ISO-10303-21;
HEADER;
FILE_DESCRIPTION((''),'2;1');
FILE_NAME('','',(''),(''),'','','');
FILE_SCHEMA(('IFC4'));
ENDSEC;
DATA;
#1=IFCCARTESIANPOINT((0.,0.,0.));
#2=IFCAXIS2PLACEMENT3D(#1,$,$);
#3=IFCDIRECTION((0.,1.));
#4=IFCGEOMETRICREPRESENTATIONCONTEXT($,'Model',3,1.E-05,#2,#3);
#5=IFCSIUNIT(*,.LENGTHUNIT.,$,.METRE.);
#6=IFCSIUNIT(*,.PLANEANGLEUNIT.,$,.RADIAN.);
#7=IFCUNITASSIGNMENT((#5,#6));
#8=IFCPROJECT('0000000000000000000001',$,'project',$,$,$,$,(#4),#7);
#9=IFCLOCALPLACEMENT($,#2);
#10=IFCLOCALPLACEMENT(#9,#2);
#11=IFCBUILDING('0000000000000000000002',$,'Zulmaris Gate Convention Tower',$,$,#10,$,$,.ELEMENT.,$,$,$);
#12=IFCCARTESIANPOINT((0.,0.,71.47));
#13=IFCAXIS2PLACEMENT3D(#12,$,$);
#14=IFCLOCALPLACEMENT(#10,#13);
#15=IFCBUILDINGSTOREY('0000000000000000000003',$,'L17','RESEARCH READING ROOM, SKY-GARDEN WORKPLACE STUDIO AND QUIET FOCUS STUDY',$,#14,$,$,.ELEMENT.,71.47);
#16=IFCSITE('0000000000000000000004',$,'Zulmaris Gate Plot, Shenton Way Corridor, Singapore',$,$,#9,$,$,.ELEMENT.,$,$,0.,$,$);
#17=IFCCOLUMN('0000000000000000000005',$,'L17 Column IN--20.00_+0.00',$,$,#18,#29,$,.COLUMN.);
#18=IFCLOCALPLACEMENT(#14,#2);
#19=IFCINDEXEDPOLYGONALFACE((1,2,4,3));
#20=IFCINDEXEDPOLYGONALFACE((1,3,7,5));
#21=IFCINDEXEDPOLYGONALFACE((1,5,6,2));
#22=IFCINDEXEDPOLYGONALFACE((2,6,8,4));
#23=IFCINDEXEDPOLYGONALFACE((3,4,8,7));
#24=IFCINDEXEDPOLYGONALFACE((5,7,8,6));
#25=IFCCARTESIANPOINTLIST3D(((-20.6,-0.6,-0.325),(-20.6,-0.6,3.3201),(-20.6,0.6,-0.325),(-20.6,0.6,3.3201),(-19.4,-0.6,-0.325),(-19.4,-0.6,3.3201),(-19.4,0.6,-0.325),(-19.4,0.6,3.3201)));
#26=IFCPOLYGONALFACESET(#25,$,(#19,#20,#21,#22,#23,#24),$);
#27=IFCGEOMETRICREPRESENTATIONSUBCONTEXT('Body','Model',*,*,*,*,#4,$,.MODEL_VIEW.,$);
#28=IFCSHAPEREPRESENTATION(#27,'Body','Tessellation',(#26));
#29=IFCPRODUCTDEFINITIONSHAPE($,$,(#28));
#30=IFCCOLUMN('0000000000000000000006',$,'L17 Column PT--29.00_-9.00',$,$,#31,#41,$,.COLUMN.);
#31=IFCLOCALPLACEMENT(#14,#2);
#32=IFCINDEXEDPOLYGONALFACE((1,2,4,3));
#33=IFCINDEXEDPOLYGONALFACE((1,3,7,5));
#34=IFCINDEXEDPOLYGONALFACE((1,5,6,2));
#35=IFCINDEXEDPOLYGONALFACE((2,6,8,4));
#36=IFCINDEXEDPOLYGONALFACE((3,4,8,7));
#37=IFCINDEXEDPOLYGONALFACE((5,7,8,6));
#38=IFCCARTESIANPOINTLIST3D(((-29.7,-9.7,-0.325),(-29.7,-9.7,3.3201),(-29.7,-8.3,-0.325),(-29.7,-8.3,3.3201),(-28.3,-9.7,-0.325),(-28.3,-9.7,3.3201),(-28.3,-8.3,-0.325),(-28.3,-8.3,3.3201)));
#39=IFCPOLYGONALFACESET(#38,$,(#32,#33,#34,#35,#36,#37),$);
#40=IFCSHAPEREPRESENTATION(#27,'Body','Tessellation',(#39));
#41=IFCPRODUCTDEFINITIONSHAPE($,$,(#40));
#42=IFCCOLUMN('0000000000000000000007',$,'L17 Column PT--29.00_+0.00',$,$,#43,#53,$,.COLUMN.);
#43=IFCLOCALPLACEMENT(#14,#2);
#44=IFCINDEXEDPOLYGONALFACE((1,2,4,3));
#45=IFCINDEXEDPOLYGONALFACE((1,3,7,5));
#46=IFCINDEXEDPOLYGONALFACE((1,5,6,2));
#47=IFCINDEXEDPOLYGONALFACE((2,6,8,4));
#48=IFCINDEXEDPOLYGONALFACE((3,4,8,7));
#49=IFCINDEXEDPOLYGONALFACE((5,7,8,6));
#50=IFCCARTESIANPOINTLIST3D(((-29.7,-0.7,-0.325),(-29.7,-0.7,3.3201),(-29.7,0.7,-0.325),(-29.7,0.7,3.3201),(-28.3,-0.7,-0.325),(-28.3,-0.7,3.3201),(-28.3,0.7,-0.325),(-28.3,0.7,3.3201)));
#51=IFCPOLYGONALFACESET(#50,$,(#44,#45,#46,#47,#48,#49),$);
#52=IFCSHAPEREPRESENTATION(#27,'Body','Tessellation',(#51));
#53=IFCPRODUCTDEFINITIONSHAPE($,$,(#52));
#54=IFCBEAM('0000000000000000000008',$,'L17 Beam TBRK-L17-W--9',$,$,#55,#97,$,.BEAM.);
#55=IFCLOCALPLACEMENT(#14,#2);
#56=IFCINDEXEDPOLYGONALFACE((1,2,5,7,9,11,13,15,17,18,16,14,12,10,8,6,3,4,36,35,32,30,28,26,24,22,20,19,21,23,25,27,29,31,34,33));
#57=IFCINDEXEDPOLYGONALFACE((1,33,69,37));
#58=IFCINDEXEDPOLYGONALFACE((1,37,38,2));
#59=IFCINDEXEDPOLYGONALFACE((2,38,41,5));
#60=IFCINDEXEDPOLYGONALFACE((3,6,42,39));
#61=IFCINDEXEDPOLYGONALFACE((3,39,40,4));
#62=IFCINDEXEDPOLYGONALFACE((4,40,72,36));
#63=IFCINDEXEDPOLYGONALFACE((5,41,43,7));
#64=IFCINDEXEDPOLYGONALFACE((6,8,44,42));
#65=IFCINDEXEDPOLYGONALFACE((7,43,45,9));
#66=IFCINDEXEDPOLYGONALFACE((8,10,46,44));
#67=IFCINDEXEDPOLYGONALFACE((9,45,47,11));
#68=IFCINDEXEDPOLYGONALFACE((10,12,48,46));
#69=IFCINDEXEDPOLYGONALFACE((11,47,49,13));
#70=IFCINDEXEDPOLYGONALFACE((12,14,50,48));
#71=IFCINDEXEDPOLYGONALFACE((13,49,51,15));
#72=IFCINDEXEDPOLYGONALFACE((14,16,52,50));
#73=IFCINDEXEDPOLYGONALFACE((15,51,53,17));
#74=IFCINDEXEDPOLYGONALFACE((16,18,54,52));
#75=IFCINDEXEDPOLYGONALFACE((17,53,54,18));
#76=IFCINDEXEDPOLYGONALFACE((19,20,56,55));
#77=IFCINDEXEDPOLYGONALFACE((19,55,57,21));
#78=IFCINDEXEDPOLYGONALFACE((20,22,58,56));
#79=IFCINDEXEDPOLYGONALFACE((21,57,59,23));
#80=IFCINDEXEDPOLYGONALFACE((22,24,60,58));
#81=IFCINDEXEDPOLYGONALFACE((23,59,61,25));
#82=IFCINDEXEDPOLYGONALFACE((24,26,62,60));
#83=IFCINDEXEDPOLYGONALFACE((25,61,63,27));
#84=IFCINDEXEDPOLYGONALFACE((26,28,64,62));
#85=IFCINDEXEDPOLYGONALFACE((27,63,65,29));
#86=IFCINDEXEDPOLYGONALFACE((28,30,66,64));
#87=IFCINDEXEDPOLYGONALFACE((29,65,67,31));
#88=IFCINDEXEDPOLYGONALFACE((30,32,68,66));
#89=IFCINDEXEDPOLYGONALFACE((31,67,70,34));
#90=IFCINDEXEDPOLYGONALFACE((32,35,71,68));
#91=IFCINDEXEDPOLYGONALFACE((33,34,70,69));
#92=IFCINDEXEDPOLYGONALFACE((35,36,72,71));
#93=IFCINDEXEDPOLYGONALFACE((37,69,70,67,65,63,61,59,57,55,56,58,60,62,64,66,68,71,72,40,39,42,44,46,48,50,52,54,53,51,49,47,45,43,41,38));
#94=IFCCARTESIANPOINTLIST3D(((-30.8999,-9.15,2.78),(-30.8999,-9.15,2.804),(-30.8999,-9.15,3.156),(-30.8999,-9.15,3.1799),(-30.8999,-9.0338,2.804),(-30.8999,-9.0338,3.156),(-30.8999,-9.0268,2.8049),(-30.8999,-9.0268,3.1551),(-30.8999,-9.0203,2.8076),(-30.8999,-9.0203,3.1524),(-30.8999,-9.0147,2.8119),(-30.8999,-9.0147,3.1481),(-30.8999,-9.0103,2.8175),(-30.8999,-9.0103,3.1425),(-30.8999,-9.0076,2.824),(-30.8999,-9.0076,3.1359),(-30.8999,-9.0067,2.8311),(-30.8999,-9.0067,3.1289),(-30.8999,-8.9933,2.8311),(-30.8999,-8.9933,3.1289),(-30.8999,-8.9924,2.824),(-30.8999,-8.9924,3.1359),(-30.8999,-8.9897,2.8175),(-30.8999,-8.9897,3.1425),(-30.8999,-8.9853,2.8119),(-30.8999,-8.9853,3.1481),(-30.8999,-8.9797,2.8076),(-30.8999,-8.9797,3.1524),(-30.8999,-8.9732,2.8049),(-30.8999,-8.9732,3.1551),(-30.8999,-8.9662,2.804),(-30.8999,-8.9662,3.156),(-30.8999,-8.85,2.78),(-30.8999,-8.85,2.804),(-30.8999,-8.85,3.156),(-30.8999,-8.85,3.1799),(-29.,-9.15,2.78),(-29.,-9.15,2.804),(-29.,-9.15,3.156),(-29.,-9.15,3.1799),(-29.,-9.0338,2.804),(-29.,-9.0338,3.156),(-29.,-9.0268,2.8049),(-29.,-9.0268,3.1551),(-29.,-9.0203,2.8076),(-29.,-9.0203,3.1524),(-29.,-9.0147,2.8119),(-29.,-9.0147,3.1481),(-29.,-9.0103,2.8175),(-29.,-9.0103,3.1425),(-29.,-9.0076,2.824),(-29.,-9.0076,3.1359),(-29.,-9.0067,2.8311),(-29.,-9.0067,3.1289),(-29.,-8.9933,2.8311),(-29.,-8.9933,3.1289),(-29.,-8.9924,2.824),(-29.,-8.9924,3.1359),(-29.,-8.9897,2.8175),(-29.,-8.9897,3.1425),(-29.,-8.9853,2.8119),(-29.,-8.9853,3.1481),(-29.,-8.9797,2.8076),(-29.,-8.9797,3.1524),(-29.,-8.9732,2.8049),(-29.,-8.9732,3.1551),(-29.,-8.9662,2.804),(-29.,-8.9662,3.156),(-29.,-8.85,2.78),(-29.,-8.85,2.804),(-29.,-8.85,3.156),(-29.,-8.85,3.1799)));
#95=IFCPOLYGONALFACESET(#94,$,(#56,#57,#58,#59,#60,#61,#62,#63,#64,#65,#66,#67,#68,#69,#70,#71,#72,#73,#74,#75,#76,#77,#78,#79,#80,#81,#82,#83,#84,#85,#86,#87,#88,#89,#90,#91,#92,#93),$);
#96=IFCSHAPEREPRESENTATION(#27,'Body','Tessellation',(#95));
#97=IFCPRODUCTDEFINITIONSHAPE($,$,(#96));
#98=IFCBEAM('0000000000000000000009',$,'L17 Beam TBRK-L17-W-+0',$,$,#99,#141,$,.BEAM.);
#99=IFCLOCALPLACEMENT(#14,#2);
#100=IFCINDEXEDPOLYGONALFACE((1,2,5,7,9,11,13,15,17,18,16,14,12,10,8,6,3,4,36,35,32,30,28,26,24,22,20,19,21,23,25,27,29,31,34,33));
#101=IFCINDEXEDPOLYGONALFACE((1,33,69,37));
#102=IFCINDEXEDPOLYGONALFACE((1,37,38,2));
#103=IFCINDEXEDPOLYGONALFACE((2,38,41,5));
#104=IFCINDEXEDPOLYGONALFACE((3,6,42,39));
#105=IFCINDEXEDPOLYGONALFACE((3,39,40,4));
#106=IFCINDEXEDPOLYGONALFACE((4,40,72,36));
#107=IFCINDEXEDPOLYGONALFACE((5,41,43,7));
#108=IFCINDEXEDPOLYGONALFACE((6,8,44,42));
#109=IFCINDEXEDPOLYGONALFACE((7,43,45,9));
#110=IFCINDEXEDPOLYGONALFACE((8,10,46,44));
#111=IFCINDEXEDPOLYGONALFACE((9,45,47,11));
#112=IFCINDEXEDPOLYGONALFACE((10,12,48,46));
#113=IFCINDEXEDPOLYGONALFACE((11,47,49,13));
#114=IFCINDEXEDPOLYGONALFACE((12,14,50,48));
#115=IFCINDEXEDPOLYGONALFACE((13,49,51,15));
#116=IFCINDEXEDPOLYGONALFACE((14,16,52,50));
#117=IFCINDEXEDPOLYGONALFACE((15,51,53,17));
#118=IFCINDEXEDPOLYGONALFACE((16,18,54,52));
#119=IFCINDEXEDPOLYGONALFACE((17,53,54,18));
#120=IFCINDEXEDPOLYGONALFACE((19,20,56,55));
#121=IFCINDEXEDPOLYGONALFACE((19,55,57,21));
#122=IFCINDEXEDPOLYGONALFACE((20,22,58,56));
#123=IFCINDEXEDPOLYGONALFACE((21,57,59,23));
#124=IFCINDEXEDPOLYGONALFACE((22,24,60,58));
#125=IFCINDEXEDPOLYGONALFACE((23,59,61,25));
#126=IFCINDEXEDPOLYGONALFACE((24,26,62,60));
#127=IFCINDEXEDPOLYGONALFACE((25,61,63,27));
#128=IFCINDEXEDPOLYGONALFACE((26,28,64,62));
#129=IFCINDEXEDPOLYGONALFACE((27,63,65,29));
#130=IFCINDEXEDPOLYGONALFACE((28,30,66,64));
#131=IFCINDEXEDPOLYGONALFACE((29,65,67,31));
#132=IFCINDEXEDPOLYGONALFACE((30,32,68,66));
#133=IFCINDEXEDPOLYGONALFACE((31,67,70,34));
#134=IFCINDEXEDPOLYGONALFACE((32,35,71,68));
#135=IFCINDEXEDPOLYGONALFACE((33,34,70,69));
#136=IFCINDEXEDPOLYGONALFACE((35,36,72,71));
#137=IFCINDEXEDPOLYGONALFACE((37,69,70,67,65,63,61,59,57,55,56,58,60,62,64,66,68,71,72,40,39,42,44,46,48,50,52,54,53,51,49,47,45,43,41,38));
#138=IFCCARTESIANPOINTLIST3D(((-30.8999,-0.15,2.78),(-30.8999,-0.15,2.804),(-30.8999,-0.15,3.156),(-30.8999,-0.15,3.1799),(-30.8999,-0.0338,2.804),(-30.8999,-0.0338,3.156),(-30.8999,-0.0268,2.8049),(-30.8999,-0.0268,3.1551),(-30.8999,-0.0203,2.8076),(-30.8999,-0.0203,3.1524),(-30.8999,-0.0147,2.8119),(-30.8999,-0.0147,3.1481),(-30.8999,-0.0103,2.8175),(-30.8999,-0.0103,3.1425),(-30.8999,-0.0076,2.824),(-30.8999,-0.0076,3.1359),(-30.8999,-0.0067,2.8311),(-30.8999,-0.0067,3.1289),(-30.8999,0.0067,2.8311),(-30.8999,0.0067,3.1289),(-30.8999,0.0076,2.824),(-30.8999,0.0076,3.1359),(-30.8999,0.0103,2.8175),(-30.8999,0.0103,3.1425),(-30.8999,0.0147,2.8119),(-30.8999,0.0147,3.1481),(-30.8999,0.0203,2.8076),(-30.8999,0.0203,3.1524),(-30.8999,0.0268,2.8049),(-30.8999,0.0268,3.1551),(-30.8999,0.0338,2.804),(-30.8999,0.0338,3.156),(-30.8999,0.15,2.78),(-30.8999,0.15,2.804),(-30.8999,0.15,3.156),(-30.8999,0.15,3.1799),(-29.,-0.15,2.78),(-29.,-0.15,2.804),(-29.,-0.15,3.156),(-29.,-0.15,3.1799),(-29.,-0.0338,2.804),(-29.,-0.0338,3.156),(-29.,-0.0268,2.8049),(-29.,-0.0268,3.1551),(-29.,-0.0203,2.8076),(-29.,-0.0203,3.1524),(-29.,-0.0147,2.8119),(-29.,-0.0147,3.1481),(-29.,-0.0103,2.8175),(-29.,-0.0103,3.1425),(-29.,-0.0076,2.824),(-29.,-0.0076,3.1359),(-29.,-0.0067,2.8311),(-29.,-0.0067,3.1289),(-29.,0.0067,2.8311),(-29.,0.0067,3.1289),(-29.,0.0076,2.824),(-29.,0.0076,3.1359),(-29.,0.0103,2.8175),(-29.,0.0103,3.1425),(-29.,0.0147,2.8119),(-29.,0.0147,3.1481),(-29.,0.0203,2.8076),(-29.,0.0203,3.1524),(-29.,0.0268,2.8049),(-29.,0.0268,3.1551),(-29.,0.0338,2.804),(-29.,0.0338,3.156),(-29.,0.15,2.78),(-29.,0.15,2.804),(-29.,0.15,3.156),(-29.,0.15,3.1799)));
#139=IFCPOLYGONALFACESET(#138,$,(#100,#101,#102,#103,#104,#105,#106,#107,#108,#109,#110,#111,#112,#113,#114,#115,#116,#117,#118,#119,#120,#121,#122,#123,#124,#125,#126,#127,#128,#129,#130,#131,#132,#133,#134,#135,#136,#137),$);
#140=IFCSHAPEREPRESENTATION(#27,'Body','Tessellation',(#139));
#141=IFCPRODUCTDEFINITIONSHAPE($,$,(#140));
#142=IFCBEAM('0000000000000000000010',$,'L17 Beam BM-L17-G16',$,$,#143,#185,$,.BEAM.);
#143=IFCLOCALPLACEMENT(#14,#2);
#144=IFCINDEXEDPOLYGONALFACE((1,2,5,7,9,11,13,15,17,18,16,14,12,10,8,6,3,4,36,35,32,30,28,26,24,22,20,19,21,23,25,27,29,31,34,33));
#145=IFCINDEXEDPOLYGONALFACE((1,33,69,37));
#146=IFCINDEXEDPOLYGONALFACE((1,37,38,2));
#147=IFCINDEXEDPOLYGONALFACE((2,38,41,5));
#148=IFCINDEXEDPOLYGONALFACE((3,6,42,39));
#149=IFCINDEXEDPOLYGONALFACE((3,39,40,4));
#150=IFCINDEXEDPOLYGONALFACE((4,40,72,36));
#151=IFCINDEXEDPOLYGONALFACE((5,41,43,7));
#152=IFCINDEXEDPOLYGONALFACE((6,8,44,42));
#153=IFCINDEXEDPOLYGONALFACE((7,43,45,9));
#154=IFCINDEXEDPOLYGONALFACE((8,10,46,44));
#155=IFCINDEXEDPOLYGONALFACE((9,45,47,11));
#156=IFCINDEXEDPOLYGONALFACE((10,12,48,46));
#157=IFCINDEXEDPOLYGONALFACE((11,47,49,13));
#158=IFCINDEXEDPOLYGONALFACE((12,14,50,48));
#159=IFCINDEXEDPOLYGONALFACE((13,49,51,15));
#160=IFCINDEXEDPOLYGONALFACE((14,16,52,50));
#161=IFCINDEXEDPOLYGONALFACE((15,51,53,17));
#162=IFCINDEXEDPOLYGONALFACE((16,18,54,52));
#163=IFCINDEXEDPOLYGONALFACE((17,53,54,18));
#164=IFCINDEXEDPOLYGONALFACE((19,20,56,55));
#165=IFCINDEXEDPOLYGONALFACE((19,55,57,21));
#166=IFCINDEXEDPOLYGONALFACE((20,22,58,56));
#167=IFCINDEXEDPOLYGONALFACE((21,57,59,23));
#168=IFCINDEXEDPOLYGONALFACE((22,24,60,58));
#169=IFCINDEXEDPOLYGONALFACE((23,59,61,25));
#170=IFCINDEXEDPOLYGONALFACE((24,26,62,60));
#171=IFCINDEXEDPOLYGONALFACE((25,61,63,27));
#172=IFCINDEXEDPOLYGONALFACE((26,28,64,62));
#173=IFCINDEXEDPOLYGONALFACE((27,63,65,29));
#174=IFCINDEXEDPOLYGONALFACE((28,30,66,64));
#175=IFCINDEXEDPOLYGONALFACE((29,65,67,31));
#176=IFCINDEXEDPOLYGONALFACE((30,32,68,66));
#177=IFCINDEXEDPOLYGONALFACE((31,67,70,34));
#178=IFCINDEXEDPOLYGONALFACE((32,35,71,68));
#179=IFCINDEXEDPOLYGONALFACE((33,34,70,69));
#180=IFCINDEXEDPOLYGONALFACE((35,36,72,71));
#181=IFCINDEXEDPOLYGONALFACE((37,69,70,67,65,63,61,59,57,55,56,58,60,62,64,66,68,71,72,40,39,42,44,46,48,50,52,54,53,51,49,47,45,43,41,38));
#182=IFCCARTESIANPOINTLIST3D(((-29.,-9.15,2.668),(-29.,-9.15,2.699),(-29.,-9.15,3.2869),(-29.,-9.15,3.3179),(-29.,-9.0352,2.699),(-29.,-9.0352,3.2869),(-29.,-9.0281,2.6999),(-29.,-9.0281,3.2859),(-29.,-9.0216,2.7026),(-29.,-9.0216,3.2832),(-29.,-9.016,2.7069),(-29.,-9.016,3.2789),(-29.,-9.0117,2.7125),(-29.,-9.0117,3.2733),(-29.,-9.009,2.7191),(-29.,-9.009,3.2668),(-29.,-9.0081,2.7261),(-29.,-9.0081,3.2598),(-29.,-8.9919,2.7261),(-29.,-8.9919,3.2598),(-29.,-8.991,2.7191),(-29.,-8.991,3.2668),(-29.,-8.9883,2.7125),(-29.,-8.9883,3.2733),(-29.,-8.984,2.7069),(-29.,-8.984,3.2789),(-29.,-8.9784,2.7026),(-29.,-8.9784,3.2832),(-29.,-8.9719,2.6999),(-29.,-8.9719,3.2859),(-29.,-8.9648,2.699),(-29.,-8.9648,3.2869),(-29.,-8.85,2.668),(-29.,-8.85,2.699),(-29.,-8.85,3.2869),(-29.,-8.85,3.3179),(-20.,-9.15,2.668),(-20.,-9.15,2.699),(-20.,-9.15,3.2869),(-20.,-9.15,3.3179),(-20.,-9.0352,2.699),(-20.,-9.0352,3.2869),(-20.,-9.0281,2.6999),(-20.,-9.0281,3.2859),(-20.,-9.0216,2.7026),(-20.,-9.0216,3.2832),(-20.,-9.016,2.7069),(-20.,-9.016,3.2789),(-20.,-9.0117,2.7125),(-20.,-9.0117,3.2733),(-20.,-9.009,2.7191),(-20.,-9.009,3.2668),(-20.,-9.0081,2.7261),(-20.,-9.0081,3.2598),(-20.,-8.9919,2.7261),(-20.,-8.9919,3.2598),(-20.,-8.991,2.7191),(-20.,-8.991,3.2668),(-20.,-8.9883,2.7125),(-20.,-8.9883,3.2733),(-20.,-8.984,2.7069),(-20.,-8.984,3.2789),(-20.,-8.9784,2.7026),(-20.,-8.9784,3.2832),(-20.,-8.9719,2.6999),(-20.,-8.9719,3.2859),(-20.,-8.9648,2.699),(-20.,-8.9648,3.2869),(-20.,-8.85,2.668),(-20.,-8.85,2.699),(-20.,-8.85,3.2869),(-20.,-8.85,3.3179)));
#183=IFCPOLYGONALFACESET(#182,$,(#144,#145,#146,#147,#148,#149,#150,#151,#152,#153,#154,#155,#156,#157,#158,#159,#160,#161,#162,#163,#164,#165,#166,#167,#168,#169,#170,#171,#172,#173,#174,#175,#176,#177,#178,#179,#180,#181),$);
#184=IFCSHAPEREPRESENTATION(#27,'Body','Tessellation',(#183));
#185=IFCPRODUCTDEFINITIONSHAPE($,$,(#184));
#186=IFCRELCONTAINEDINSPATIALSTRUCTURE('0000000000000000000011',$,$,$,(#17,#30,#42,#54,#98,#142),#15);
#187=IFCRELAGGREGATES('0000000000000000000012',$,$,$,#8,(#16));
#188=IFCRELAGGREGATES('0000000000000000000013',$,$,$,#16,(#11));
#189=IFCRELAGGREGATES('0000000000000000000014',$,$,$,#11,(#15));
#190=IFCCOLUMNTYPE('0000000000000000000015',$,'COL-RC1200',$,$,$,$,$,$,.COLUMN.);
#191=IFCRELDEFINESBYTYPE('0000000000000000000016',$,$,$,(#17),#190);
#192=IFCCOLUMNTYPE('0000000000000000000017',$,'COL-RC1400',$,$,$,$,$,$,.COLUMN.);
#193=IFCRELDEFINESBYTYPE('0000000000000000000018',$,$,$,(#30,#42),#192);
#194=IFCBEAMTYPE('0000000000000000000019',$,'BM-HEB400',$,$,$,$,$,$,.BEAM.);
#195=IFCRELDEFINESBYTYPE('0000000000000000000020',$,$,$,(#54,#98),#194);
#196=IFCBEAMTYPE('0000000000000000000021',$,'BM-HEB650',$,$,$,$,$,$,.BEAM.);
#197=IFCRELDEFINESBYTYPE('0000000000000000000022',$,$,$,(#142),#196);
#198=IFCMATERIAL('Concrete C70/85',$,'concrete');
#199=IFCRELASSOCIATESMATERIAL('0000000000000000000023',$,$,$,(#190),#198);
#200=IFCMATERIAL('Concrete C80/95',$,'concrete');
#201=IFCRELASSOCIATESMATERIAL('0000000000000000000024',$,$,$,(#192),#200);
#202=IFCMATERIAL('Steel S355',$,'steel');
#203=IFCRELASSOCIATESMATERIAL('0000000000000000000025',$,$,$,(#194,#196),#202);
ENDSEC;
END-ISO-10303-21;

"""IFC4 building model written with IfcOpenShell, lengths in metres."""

from ifc_helpers import new_model, si_unit, direction, frame, origin, origin_2d, place, context, subcontext, project, spatial, rectangle, i_section, extrude, material, material_profile, profile_set, type_object, element, save


model = new_model("IFC4")

# Units and contexts
model_context = context("Model", 3, precision=1e-05, world=origin(), true_north=direction((0.0, 1.0)))
body_context = subcontext(model_context, "Body", "Model", "MODEL_VIEW")
ifc_project = project(units=[si_unit("LENGTHUNIT", "METRE"), si_unit("PLANEANGLEUNIT", "RADIAN")], contexts=[model_context])

# Site, building, storey
site_placement = place(None, origin())
site = spatial("IfcSite", under=ifc_project, at=site_placement, Name="Zulmaris Gate Plot, Shenton Way Corridor, Singapore", CompositionType="ELEMENT", RefElevation=0.0)
building_placement = place(site_placement, origin())
building = spatial("IfcBuilding", under=site, at=building_placement, Name="Zulmaris Gate Convention Tower", CompositionType="ELEMENT")
storey_placement = place(building_placement, frame((0.0, 0.0, 71.47)))
storey = spatial("IfcBuildingStorey", under=building, at=storey_placement, Name="L17", Description="RESEARCH READING ROOM, SKY-GARDEN WORKPLACE STUDIO AND QUIET FOCUS STUDY", CompositionType="ELEMENT", Elevation=71.47)

# Columns
ifc_material_1 = material(Name="Concrete C70/85", Category="concrete")
ifc_material_profile_1 = material_profile(ifc_material_1, rectangle(XDim=1.2, YDim=1.2, at=origin_2d()), Name="RC COL 1200x1200")
ifc_profile_set_1 = profile_set([ifc_material_profile_1], Name="Concrete C70/85")
column_type_1 = type_object("IfcColumnType", Name="COL-RC1200", PredefinedType="COLUMN", material=ifc_profile_set_1)
column_placement = place(storey_placement, frame((-20.0, 0.0, -0.325), z_axis=(0.0, 0.0, 1.0), x_axis=(1.0, 0.0, 0.0)))
element("IfcColumn", 1, at=column_placement, inside=storey, type_object=column_type_1, Name="L17 Column IN--20.00_+0.00", PredefinedType="COLUMN", context=body_context, shape_type="SweptSolid", body=[
    extrude(rectangle(XDim=1.2, YDim=1.2, at=origin_2d()), origin(), (0.0, 0.0, 1.0), 3.645),
])
ifc_material_2 = material(Name="Concrete C80/95", Category="concrete")
ifc_material_profile_2 = material_profile(ifc_material_2, rectangle(XDim=1.3999, YDim=1.3999, at=origin_2d()), Name="RC COL 1400x1400")
ifc_profile_set_2 = profile_set([ifc_material_profile_2], Name="Concrete C80/95")
column_type_2 = type_object("IfcColumnType", Name="COL-RC1400", PredefinedType="COLUMN", material=ifc_profile_set_2)
for number, where, z_axis, x_axis, name in (
    (2, (-29.0, -9.0, -0.325), (0.0, 0.0, 1.0), (1.0, 0.0, 0.0), "L17 Column PT--29.00_-9.00"),
    (3, (-29.0, 0.0, -0.325), (0.0, 0.0, 1.0), (1.0, 0.0, 0.0), "L17 Column PT--29.00_+0.00"),
):
    element("IfcColumn", number, at=place(storey_placement, frame(where, z_axis=z_axis, x_axis=x_axis)), inside=storey, type_object=column_type_2, Name=name, PredefinedType="COLUMN", context=body_context, shape_type="SweptSolid", body=[
        extrude(rectangle(XDim=1.3999, YDim=1.3999, at=origin_2d()), origin(), (0.0, 0.0, 1.0), 3.645),
    ])

# Beams
ifc_material_3 = material(Name="Steel S355", Category="steel")
ifc_material_profile_3 = material_profile(ifc_material_3, i_section(OverallWidth=0.3, OverallDepth=0.3999, WebThickness=0.0134, FlangeThickness=0.0239, FilletRadius=0.0271, at=origin_2d()), Name="HEB 400")
ifc_profile_set_3 = profile_set([ifc_material_profile_3], Name="Steel S355")
beam_type_1 = type_object("IfcBeamType", Name="BM-HEB400", PredefinedType="BEAM", material=ifc_profile_set_3)
for number, where, z_axis, x_axis, name in (
    (4, (-30.8999, -9.0, 2.98), (1.0, 0.0, 0.0), (0.0, 1.0, 0.0), "L17 Beam TBRK-L17-W--9"),
    (5, (-30.8999, 0.0, 2.98), (1.0, 0.0, 0.0), (0.0, 1.0, 0.0), "L17 Beam TBRK-L17-W-+0"),
):
    element("IfcBeam", number, at=place(storey_placement, frame(where, z_axis=z_axis, x_axis=x_axis)), inside=storey, type_object=beam_type_1, Name=name, PredefinedType="BEAM", context=body_context, shape_type="SweptSolid", body=[
        extrude(i_section(OverallWidth=0.3, OverallDepth=0.3999, WebThickness=0.0134, FlangeThickness=0.0239, FilletRadius=0.0271, at=origin_2d()), origin(), (0.0, 0.0, 1.0), 1.8999),
    ])
ifc_material_profile_4 = material_profile(ifc_material_3, i_section(OverallWidth=0.3, OverallDepth=0.6499, WebThickness=0.0161, FlangeThickness=0.031, FilletRadius=0.0271, at=origin_2d()), Name="HEB 650")
ifc_profile_set_4 = profile_set([ifc_material_profile_4], Name="Steel S355")
beam_type_2 = type_object("IfcBeamType", Name="BM-HEB650", PredefinedType="BEAM", material=ifc_profile_set_4)
for number, where, z_axis, x_axis, name in (
    (6, (-29.0, -9.0, 2.9929), (1.0, 0.0, 0.0), (0.0, 1.0, 0.0), "L17 Beam BM-L17-G16"),
):
    element("IfcBeam", number, at=place(storey_placement, frame(where, z_axis=z_axis, x_axis=x_axis)), inside=storey, type_object=beam_type_2, Name=name, PredefinedType="BEAM", context=body_context, shape_type="SweptSolid", body=[
        extrude(i_section(OverallWidth=0.3, OverallDepth=0.6499, WebThickness=0.0161, FlangeThickness=0.031, FilletRadius=0.0271, at=origin_2d()), origin(), (0.0, 0.0, 1.0), 9.0),
    ])

save(model, "model.ifc")
